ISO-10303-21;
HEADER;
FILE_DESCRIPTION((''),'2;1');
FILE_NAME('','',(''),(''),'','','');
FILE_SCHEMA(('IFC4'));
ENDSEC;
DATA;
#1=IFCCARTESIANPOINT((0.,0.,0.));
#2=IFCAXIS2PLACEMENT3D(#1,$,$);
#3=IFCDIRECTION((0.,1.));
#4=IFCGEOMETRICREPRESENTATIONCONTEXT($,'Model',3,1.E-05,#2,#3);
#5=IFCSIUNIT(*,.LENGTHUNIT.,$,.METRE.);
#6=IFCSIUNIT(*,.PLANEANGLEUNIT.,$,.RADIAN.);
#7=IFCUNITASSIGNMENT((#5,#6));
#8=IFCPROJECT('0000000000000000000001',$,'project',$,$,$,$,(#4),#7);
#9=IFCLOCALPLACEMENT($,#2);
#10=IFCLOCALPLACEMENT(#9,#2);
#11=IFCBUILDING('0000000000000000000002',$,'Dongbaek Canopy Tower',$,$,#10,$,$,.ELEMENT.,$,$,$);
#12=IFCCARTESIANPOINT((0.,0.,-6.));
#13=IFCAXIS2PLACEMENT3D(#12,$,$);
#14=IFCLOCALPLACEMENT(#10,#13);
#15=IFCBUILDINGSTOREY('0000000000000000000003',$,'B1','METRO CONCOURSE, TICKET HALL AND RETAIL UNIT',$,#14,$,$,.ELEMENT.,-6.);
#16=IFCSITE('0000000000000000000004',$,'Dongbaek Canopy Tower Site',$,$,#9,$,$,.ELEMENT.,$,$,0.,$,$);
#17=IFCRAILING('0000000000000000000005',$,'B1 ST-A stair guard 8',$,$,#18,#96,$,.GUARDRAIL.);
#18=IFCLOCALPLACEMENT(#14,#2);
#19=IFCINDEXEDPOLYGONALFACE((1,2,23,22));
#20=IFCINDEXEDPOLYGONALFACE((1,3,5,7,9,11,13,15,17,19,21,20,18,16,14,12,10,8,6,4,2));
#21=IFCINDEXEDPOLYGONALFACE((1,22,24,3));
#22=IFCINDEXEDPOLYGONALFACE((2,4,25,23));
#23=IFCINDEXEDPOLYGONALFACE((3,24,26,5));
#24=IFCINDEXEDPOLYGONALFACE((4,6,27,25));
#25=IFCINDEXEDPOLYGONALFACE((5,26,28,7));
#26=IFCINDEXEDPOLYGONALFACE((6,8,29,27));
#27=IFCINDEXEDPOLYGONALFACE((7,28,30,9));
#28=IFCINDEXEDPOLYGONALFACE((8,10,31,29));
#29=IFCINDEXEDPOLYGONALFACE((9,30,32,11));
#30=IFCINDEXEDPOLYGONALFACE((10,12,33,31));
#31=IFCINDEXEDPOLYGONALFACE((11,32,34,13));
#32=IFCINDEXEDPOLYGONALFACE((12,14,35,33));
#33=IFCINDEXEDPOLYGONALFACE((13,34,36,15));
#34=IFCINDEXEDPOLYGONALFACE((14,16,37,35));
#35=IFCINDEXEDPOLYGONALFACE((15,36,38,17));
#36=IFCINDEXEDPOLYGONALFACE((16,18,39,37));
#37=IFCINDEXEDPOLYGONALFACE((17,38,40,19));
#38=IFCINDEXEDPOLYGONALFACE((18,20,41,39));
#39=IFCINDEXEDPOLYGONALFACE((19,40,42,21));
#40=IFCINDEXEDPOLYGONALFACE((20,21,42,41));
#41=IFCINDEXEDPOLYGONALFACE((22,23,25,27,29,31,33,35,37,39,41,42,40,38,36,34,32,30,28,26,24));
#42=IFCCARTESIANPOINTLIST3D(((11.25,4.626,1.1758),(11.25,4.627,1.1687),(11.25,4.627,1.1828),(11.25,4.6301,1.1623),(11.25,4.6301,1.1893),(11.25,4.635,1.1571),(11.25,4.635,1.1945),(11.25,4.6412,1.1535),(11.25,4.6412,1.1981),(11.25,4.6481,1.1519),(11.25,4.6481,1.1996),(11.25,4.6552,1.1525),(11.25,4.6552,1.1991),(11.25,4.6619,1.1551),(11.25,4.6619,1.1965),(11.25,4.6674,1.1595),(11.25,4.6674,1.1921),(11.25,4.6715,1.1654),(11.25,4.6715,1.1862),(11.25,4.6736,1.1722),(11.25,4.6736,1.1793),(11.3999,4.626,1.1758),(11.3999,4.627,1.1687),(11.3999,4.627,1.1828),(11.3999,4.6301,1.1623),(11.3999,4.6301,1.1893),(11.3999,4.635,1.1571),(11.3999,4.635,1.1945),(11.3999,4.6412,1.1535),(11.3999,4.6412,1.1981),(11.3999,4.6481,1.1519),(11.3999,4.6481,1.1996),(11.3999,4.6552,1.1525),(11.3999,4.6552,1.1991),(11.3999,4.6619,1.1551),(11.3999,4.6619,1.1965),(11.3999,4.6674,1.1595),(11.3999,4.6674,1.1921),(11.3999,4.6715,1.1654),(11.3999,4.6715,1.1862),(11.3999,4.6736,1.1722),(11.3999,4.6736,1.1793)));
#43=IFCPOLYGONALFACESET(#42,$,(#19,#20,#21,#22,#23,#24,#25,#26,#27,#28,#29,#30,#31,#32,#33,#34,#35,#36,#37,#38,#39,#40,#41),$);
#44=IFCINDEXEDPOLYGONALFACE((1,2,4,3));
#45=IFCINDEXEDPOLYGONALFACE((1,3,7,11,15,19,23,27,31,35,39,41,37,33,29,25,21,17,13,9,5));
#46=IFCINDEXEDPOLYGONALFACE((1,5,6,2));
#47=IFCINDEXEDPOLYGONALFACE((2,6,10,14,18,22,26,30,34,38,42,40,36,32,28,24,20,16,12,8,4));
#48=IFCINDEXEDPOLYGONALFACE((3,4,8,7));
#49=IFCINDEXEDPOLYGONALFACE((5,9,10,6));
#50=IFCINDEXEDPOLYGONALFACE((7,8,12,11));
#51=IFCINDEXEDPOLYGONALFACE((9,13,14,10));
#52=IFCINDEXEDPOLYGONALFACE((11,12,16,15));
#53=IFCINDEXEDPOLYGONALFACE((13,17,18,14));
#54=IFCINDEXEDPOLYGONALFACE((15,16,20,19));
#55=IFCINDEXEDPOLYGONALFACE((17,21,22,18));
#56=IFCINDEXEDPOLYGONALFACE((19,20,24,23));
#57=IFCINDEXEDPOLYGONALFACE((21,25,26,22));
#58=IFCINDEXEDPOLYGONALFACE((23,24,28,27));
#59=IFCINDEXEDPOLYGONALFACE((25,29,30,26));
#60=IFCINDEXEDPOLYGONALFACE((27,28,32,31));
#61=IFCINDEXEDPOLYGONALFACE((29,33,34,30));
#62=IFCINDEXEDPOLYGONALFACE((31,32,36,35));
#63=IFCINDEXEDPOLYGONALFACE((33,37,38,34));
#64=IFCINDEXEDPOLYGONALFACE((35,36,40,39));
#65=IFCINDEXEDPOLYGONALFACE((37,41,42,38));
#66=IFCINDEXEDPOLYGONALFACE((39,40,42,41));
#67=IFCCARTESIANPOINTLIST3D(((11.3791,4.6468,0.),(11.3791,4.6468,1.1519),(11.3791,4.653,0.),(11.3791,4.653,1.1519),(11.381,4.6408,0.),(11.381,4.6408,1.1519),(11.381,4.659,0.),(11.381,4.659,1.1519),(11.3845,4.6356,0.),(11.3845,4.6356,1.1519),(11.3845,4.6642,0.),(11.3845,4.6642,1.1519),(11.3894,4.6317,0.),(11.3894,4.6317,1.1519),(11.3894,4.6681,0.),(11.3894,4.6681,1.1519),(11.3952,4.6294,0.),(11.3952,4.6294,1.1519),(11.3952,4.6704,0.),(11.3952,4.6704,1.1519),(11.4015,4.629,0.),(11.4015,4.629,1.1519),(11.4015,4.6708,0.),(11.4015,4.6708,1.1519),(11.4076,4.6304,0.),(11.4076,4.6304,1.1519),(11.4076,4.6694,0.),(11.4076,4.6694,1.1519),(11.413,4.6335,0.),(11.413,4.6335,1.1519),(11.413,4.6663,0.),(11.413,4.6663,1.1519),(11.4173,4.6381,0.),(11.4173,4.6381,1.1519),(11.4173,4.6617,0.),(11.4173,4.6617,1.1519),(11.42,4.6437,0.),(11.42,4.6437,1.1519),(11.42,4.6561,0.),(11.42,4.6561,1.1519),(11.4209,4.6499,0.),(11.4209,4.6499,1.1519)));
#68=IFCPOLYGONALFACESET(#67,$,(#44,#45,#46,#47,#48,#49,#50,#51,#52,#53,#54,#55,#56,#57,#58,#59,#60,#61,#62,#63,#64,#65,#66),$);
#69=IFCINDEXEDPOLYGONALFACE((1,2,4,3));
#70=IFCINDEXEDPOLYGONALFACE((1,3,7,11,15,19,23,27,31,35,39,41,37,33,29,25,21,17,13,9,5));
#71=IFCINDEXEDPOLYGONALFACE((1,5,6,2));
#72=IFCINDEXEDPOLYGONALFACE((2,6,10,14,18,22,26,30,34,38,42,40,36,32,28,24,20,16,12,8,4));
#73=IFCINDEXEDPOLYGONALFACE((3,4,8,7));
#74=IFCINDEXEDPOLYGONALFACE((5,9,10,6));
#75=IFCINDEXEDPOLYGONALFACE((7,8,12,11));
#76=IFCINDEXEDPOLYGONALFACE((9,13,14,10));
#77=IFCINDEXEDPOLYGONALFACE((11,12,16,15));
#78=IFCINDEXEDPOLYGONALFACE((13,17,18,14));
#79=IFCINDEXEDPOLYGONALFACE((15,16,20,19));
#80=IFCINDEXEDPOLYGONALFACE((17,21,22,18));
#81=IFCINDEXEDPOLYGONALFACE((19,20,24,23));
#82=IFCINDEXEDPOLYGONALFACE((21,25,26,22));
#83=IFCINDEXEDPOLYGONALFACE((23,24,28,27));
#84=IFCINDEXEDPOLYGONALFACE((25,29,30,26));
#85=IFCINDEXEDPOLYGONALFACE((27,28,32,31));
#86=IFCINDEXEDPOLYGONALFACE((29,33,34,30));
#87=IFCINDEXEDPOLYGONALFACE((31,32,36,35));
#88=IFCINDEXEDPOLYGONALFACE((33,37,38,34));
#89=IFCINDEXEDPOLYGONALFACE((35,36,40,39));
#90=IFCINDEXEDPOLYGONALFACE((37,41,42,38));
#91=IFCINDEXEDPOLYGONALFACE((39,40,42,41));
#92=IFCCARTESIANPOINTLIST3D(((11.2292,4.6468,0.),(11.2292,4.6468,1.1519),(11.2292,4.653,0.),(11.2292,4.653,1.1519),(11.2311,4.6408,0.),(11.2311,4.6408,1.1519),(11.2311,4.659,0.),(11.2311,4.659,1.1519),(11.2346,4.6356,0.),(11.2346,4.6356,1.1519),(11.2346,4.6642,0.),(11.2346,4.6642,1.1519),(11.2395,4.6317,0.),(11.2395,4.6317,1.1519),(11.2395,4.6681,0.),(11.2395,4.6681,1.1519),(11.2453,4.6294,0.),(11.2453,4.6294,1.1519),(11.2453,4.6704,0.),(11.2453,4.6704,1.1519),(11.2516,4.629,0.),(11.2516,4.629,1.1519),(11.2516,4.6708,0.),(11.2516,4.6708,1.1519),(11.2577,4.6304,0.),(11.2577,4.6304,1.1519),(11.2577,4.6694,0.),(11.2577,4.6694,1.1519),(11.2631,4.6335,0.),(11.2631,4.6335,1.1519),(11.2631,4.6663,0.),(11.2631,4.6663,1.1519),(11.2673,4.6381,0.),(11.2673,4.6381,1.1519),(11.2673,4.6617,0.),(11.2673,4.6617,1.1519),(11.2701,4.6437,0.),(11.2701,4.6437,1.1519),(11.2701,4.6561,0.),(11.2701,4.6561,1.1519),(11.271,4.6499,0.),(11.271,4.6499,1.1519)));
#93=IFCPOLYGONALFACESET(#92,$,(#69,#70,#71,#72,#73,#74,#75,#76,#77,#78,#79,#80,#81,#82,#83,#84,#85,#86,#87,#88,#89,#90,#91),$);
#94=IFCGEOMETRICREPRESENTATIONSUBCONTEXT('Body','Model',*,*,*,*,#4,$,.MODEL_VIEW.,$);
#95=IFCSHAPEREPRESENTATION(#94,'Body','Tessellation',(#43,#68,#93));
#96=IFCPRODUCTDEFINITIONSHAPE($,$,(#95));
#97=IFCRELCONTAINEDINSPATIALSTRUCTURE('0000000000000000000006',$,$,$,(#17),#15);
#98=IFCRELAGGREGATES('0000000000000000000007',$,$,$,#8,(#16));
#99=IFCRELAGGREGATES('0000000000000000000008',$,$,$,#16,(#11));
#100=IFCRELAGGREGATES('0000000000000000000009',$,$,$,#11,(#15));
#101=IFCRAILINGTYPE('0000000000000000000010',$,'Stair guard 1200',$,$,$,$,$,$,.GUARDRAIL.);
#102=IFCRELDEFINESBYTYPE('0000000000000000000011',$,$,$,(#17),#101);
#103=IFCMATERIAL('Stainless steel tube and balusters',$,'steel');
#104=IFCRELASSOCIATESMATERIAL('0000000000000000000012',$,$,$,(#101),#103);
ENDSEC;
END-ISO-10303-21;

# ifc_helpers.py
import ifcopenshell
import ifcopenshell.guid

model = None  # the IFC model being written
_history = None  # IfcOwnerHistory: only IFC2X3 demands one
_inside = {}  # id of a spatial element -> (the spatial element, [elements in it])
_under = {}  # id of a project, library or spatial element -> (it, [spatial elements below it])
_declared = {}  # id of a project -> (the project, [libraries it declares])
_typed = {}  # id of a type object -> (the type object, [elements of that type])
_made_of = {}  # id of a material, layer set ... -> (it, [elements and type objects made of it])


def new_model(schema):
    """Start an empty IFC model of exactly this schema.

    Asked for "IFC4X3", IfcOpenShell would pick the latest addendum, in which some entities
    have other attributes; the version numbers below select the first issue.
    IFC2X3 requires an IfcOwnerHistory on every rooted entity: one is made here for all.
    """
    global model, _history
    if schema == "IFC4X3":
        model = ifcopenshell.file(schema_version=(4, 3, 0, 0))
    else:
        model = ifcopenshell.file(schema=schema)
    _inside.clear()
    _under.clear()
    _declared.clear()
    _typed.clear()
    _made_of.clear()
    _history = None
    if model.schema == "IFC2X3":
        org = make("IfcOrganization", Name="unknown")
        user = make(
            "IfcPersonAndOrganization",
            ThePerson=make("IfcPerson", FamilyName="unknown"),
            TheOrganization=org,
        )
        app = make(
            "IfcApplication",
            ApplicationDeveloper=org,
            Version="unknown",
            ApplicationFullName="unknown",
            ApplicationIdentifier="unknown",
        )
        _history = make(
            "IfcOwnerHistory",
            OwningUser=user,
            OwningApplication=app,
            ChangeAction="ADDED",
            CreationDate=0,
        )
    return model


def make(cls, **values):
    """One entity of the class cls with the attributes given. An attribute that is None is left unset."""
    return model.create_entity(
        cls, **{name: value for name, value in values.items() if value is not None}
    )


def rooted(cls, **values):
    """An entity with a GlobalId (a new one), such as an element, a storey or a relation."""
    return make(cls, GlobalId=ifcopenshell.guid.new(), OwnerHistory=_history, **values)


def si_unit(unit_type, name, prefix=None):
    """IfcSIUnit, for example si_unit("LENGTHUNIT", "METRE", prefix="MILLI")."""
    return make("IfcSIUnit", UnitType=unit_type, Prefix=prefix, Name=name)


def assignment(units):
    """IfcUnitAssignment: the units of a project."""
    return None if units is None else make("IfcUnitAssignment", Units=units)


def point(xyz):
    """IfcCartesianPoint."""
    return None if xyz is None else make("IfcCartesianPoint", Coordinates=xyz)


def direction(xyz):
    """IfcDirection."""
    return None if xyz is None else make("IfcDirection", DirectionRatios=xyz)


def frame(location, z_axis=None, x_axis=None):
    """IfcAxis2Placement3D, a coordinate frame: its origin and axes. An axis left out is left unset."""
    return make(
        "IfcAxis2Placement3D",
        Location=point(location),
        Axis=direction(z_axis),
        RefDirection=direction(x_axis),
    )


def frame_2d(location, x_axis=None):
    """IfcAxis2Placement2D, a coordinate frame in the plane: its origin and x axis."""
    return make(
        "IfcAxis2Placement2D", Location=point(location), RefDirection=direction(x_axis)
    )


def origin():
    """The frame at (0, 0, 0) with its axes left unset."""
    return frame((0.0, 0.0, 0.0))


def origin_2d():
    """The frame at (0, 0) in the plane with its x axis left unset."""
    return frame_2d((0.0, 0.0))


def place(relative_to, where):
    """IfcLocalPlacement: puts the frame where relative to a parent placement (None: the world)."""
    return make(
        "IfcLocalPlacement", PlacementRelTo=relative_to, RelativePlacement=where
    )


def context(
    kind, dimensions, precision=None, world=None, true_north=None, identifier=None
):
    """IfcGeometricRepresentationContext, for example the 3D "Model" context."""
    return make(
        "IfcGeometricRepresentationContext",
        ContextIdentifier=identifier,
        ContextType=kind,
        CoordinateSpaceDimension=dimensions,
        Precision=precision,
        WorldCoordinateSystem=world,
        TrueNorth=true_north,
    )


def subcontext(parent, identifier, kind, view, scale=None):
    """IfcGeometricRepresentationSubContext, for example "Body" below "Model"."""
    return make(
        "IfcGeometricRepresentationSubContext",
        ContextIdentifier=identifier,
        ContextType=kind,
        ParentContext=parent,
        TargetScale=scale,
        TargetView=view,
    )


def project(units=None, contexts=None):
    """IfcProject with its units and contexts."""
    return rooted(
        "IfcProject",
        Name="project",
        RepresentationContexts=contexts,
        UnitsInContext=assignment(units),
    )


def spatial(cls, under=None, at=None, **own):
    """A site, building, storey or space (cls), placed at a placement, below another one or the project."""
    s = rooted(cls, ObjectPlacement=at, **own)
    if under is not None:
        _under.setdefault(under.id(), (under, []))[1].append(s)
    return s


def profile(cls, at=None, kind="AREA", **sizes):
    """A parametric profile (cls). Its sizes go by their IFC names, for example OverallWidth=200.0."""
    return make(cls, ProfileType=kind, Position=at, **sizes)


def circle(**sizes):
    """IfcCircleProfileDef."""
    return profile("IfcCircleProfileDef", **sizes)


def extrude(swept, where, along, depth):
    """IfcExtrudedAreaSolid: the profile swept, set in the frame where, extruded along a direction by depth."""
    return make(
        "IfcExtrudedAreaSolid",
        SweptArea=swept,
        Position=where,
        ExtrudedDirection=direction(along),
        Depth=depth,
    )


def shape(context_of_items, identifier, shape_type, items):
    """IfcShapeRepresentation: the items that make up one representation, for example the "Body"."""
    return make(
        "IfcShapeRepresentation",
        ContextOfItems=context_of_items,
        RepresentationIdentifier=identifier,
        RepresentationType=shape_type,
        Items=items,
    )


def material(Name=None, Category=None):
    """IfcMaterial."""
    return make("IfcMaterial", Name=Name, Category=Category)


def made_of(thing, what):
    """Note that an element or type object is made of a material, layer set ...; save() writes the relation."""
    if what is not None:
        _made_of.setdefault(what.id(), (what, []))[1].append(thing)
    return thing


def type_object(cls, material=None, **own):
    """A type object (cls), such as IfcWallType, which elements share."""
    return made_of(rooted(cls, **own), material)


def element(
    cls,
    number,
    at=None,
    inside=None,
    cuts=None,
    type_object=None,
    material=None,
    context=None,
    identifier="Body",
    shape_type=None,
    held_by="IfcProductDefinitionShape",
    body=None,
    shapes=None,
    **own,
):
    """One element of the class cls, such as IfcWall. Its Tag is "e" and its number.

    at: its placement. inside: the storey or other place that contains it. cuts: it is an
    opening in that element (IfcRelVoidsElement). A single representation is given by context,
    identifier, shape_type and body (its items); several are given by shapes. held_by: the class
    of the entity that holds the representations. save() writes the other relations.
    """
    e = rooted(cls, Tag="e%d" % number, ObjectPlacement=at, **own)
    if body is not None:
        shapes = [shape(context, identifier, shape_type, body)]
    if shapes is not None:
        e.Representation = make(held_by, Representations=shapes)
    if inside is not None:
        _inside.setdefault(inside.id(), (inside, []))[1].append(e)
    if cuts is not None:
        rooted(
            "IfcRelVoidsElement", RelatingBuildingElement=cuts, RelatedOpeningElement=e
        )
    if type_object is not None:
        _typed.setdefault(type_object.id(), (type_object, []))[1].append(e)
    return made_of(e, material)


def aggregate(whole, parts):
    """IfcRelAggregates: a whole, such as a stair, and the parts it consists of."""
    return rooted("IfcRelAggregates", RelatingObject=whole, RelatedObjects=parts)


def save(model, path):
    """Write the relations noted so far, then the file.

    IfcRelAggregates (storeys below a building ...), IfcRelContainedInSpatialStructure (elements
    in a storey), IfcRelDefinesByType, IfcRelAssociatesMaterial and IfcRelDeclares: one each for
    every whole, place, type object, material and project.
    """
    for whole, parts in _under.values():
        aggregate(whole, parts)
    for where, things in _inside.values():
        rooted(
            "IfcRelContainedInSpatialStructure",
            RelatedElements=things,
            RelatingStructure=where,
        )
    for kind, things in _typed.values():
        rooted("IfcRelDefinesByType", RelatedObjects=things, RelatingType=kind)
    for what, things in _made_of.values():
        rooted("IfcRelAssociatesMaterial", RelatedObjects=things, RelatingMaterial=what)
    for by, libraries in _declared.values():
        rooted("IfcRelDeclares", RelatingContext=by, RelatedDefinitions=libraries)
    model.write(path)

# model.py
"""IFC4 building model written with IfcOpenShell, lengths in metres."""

from ifc_helpers import new_model, si_unit, direction, frame, origin, origin_2d, place, context, subcontext, project, spatial, circle, extrude, material, type_object, element, save


model = new_model("IFC4")

# Units and contexts
model_context = context("Model", 3, precision=1e-05, world=origin(), true_north=direction((0.0, 1.0)))
body_context = subcontext(model_context, "Body", "Model", "MODEL_VIEW")
ifc_project = project(units=[si_unit("LENGTHUNIT", "METRE"), si_unit("PLANEANGLEUNIT", "RADIAN")], contexts=[model_context])

# Site, building, storey
site_placement = place(None, origin())
site = spatial("IfcSite", under=ifc_project, at=site_placement, Name="Dongbaek Canopy Tower Site", CompositionType="ELEMENT", RefElevation=0.0)
building_placement = place(site_placement, origin())
building = spatial("IfcBuilding", under=site, at=building_placement, Name="Dongbaek Canopy Tower", CompositionType="ELEMENT")
storey_placement = place(building_placement, frame((0.0, 0.0, -6.0)))
storey = spatial("IfcBuildingStorey", under=building, at=storey_placement, Name="B1", Description="METRO CONCOURSE, TICKET HALL AND RETAIL UNIT", CompositionType="ELEMENT", Elevation=-6.0)

# Railing
ifc_material_1 = material(Name="Stainless steel tube and balusters", Category="steel")
railing_type_1 = type_object("IfcRailingType", Name="Stair guard 1200", PredefinedType="GUARDRAIL", material=ifc_material_1)
railing_placement = place(storey_placement, frame((11.3999, 4.6499, 0.0)))
element("IfcRailing", 1, at=railing_placement, inside=storey, type_object=railing_type_1, Name="B1 ST-A stair guard 8", PredefinedType="GUARDRAIL", context=body_context, shape_type="SweptSolid", body=[
    extrude(circle(Radius=0.0239, at=origin_2d()), frame((0.0, 0.0, 1.1758), z_axis=(-1.0, 0.0, 0.0), x_axis=(0.0, -1.0, 0.0)), (0.0, 0.0, 1.0), 0.1499),
    extrude(circle(Radius=0.021, at=origin_2d()), origin(), (0.0, 0.0, 1.0), 1.1519),
    extrude(circle(Radius=0.021, at=origin_2d()), frame((-0.1499, 0.0, 0.0)), (0.0, 0.0, 1.0), 1.1519),
])

save(model, "model.ifc")
